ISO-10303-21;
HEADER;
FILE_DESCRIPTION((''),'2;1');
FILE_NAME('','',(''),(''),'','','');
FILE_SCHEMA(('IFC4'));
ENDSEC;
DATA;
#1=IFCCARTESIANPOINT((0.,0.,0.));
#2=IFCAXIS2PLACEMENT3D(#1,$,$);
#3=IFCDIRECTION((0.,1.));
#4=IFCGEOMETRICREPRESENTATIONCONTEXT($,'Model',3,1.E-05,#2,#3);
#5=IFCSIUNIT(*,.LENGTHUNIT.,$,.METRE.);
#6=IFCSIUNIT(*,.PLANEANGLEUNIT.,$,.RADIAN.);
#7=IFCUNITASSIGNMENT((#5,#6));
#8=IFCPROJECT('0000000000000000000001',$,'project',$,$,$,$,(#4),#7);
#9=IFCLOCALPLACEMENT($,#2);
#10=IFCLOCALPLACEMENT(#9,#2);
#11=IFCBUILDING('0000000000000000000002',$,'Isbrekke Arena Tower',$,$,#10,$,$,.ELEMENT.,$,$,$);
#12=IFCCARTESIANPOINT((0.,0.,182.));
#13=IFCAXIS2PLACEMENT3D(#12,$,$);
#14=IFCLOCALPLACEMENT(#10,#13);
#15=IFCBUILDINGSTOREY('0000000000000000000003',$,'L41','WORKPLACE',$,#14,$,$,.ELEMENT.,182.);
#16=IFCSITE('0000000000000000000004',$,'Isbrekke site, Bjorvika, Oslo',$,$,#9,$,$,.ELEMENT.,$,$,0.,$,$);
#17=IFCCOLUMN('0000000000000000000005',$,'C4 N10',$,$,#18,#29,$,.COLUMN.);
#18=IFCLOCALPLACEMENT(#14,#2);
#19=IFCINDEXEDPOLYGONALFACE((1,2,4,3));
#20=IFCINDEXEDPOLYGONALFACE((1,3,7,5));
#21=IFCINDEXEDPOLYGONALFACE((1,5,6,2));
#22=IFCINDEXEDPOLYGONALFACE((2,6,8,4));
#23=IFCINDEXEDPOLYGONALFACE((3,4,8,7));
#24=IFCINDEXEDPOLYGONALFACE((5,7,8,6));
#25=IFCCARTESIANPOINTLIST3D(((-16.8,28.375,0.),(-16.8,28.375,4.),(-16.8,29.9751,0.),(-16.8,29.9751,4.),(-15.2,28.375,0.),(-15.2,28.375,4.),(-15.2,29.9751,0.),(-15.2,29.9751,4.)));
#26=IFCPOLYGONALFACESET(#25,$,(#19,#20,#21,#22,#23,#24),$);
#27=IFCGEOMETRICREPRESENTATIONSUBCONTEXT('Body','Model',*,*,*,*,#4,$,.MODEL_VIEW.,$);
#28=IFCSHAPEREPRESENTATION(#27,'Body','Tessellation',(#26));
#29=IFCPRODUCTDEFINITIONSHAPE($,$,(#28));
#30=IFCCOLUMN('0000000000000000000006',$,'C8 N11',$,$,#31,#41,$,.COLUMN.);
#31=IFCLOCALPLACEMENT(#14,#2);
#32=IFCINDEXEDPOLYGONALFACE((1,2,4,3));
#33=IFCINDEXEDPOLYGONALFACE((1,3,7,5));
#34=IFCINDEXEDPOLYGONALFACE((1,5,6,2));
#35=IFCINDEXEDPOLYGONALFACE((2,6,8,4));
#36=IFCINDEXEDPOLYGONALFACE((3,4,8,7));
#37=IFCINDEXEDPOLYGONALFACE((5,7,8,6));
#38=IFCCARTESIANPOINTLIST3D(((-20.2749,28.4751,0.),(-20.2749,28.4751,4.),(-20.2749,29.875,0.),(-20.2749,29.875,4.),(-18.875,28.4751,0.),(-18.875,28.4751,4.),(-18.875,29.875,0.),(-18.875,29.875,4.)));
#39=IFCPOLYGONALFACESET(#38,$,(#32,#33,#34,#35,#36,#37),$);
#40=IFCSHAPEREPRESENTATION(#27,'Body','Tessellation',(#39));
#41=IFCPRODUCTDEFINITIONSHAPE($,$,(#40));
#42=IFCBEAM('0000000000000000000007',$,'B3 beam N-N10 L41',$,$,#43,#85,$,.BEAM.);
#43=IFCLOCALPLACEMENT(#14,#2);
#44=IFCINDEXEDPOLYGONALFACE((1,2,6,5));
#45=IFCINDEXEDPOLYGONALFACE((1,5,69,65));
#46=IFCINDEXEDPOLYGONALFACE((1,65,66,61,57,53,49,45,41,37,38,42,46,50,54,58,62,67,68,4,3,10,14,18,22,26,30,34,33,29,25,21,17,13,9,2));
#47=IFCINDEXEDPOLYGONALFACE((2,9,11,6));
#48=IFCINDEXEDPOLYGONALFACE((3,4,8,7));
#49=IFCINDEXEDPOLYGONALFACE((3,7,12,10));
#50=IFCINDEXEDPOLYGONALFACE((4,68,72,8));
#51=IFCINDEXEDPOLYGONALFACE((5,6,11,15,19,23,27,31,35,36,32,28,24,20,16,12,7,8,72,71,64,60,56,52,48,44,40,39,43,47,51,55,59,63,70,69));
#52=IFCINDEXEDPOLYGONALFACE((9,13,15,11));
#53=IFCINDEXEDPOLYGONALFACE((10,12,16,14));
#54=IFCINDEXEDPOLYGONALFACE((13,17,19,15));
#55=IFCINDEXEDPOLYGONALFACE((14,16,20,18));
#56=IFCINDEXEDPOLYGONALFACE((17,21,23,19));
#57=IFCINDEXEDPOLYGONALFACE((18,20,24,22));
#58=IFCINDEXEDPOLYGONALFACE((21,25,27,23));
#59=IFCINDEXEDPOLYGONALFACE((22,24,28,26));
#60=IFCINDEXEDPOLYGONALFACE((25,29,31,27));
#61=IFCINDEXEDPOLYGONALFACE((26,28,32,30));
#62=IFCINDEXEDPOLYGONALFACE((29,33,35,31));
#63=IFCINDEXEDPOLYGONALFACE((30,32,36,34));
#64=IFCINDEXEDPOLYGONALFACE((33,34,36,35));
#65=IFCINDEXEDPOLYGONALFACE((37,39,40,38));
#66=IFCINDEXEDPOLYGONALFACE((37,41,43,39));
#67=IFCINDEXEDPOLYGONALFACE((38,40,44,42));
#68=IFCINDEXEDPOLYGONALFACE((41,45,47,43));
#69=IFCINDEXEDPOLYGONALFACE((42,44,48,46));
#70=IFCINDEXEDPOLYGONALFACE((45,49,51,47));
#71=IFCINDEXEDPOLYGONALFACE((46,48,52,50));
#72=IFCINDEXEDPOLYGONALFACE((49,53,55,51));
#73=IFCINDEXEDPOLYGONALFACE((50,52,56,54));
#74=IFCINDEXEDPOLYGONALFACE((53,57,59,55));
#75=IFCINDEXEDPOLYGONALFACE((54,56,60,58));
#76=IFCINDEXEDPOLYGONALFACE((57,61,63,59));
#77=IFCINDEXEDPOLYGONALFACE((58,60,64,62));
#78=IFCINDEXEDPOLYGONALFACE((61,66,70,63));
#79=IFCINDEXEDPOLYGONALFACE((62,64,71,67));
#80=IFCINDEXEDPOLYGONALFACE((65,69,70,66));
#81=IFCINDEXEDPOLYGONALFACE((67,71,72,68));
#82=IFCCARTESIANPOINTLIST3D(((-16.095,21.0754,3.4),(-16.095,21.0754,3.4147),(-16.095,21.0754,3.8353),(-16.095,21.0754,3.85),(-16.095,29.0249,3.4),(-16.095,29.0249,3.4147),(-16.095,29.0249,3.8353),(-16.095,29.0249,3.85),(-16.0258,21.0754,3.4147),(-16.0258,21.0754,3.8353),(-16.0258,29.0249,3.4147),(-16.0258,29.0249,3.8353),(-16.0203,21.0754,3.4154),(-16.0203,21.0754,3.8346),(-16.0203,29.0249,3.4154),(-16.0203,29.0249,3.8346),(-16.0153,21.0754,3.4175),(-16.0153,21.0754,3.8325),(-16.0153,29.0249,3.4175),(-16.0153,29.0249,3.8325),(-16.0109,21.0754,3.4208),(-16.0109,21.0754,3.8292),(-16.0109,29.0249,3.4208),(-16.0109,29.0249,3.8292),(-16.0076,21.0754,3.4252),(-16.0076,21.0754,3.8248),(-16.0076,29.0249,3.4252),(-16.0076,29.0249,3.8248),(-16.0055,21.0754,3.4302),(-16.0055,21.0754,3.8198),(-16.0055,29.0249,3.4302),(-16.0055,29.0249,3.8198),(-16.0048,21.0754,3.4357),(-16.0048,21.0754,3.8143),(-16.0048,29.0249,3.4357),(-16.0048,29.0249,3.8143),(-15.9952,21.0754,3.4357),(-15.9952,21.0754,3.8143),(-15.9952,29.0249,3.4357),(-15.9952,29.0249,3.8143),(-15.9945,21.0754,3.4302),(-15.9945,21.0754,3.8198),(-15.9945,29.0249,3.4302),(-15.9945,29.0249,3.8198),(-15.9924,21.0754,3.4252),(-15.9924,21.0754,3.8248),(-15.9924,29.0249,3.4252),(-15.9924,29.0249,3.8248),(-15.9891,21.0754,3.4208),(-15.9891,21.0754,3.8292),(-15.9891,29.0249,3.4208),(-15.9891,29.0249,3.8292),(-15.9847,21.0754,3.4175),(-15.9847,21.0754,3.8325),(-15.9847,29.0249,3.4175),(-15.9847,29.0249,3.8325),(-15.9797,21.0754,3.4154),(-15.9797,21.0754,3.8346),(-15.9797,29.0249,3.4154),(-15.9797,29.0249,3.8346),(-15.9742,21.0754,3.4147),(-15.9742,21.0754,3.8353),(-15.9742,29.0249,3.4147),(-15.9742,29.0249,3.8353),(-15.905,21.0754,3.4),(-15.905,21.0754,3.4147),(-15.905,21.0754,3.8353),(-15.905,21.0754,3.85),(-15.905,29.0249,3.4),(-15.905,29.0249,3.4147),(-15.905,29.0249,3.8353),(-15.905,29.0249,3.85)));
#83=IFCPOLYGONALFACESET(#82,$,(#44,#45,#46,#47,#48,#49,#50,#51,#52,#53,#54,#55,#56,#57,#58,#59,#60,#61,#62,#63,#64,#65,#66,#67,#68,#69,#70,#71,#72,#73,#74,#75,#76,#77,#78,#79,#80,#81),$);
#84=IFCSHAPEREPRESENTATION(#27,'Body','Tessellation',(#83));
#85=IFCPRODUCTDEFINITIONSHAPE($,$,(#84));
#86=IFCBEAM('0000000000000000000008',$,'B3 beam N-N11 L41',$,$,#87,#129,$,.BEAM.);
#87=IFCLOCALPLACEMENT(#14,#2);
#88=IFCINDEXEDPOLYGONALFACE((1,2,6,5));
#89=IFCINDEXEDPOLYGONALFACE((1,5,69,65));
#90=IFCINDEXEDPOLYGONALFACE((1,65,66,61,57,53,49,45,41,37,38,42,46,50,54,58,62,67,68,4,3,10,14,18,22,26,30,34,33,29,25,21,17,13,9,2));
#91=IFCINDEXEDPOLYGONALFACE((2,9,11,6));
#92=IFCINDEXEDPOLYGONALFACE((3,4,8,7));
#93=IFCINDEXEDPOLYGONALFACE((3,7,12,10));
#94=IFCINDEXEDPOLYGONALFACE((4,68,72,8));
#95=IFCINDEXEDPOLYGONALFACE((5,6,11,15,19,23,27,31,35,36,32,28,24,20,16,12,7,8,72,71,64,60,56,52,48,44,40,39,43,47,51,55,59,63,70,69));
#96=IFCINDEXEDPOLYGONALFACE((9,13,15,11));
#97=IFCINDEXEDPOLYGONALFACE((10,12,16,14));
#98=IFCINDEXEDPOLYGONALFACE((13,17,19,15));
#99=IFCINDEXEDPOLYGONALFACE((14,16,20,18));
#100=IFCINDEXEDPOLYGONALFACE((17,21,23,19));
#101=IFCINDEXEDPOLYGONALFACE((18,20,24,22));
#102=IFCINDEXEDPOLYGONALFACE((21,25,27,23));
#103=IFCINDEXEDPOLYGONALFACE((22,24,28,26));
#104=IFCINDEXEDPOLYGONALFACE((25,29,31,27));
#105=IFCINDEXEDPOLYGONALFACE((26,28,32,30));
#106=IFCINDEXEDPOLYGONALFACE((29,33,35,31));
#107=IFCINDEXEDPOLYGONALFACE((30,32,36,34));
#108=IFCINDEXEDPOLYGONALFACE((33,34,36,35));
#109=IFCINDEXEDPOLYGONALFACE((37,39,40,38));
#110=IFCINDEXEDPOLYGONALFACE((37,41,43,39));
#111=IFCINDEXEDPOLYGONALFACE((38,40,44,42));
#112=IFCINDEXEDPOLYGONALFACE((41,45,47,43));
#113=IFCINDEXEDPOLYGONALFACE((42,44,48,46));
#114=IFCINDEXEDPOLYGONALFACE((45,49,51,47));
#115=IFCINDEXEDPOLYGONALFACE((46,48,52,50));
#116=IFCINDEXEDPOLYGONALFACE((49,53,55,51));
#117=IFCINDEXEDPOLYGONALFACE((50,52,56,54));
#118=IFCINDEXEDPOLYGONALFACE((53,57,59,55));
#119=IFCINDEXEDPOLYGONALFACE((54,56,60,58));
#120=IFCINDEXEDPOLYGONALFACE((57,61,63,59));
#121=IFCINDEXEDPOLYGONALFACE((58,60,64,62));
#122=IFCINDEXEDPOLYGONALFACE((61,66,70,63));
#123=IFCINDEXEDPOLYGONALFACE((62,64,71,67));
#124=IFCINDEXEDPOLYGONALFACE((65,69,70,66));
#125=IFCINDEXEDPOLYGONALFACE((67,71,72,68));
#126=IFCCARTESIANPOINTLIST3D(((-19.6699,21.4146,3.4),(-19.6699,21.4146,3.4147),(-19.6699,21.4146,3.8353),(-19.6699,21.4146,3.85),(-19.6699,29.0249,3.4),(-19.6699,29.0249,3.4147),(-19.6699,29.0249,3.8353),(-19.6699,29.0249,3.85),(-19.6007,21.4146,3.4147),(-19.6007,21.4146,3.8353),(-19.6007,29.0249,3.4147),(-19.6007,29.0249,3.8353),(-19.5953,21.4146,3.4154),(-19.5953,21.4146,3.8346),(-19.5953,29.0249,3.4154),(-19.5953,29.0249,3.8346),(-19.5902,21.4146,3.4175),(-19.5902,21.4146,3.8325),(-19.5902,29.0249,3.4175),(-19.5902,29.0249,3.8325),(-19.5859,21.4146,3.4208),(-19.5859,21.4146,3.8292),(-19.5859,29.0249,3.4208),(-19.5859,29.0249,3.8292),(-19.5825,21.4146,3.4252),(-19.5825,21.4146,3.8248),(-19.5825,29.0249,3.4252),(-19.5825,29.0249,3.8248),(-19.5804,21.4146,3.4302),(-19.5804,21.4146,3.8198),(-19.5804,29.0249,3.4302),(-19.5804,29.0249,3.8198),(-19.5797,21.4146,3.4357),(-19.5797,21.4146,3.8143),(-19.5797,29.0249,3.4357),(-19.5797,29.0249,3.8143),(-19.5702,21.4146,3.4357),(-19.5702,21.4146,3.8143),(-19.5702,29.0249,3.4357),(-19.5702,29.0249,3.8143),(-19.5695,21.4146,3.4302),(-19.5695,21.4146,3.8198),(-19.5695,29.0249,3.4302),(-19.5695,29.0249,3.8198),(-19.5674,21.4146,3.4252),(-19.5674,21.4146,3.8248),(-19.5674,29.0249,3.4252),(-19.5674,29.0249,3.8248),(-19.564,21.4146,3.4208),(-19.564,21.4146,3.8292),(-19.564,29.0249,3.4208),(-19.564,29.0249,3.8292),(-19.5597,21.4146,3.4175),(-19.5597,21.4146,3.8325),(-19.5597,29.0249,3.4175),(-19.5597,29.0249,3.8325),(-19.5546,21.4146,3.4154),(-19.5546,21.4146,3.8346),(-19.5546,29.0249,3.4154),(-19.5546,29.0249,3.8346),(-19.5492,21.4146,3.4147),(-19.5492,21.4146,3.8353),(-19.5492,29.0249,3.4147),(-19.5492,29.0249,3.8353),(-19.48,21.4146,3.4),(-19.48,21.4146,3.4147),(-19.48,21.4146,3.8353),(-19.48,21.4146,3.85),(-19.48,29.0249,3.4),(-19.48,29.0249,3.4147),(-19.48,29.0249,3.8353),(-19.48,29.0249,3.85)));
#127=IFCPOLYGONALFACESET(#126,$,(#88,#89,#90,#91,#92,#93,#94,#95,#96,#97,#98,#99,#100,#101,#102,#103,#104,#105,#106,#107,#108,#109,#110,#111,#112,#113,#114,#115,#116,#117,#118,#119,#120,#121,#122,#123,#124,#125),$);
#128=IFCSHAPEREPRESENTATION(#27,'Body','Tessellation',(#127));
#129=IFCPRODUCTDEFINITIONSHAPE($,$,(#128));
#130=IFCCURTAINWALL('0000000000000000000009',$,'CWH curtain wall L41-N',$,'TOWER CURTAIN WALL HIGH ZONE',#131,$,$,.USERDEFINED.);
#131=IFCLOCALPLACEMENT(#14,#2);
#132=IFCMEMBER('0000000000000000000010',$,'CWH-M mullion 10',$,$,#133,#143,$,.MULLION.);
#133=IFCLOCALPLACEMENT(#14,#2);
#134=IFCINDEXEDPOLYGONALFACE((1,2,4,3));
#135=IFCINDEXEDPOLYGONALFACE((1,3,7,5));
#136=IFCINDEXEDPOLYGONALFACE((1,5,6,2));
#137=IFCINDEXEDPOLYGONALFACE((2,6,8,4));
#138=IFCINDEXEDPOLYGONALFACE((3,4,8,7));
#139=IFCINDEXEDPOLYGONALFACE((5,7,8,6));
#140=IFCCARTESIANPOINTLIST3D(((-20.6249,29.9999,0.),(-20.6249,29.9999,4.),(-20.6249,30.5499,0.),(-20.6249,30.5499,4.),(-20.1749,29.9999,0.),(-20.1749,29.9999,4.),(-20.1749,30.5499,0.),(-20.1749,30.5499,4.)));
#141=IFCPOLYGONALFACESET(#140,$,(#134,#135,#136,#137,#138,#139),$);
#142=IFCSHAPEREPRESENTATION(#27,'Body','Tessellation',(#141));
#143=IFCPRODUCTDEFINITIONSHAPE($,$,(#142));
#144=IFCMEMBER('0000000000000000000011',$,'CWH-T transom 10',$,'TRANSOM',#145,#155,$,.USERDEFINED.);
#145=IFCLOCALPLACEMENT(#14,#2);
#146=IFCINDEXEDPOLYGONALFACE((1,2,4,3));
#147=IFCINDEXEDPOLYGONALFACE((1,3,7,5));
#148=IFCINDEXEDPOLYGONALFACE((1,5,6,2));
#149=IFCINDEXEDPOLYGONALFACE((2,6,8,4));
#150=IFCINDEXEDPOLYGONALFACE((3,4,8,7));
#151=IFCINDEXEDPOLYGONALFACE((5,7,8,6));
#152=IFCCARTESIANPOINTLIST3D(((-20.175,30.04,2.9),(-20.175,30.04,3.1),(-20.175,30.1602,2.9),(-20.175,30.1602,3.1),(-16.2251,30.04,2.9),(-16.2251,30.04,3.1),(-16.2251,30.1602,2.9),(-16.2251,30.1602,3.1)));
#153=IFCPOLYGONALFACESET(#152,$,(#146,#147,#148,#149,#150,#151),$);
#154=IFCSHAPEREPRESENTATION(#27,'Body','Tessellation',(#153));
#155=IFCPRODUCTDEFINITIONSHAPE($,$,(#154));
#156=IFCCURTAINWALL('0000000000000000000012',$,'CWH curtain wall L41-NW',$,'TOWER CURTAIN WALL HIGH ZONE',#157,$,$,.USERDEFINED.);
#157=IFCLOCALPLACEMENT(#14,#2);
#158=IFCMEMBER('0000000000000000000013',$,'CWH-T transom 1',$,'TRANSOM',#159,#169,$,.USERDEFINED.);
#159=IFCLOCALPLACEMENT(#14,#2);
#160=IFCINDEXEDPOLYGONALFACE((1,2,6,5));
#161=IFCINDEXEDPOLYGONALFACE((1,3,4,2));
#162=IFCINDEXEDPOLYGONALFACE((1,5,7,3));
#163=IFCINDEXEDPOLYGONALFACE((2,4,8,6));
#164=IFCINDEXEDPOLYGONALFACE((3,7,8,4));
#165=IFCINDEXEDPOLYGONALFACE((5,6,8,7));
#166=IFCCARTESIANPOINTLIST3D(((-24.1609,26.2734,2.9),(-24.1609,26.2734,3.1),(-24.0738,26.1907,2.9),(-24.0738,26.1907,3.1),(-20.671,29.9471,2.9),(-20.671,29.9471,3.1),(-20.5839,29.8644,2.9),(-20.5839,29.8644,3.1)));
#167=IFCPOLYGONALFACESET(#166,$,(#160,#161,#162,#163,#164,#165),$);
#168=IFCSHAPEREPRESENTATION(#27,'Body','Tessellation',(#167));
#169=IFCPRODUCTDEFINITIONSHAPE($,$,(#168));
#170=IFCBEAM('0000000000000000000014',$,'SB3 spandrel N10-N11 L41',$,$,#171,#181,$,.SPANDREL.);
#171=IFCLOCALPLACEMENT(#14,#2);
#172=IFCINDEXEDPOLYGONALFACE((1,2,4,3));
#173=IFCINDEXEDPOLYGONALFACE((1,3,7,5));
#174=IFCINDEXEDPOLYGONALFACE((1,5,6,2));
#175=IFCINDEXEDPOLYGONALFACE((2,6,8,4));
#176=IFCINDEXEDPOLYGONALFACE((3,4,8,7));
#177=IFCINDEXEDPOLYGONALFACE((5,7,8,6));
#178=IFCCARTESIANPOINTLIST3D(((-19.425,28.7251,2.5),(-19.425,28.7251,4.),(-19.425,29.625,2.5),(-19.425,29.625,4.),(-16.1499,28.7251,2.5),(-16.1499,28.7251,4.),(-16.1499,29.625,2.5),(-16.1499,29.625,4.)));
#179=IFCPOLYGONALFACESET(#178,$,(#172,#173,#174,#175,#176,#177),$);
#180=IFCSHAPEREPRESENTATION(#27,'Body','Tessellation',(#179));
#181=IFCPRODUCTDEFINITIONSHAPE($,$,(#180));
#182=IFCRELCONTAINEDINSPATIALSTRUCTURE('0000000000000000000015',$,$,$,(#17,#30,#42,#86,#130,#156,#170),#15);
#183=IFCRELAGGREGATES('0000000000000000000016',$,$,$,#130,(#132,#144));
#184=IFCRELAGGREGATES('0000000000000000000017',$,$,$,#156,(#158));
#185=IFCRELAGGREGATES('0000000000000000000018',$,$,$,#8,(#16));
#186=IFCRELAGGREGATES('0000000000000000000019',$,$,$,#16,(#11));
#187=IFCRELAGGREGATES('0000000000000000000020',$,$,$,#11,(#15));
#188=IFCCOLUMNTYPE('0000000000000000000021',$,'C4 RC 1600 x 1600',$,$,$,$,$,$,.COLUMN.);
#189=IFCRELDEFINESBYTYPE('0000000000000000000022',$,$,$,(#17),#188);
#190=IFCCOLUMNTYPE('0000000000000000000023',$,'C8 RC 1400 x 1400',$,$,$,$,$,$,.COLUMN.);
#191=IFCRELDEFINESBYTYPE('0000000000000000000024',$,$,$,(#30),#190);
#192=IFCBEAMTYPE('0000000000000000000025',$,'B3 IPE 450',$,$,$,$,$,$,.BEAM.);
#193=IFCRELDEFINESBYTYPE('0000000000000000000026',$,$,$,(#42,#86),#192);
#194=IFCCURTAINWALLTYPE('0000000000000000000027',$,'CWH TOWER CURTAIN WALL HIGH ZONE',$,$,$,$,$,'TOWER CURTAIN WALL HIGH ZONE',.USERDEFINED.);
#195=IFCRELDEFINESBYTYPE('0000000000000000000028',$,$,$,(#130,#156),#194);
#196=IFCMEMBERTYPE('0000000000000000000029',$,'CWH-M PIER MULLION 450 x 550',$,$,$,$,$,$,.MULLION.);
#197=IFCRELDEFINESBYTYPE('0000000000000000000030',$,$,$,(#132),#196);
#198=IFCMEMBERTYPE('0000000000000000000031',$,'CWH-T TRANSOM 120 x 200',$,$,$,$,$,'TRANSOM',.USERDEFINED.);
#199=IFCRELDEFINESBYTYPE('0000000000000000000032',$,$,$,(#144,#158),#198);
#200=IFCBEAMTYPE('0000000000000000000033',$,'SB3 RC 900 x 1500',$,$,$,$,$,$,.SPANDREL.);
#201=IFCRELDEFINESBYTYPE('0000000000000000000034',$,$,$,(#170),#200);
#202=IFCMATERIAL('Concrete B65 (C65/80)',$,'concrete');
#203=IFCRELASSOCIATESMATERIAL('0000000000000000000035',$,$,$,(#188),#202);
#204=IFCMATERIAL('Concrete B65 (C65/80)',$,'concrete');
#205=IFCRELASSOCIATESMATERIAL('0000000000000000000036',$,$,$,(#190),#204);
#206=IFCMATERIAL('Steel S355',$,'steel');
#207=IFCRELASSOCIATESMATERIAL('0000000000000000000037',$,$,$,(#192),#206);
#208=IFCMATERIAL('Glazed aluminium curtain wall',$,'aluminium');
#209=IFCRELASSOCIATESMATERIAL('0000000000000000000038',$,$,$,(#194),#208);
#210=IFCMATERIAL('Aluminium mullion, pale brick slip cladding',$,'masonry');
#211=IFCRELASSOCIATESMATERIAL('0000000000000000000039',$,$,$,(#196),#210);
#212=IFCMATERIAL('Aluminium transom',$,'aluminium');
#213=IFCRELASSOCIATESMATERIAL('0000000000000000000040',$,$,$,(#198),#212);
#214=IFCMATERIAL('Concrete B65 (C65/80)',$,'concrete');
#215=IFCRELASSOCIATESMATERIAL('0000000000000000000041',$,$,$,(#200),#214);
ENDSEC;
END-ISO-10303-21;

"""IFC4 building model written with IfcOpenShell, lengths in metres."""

from ifc_helpers import new_model, si_unit, direction, frame, origin, origin_2d, place, context, subcontext, project, spatial, rectangle, i_section, extrude, material, material_profile, profile_set, type_object, element, aggregate, save


model = new_model("IFC4")

# Units and contexts
model_context = context("Model", 3, precision=1e-05, world=origin(), true_north=direction((0.0, 1.0)))
body_context = subcontext(model_context, "Body", "Model", "MODEL_VIEW")
ifc_project = project(units=[si_unit("LENGTHUNIT", "METRE"), si_unit("PLANEANGLEUNIT", "RADIAN")], contexts=[model_context])

# Site, building, storey
site_placement = place(None, origin())
site = spatial("IfcSite", under=ifc_project, at=site_placement, Name="Isbrekke site, Bjorvika, Oslo", CompositionType="ELEMENT", RefElevation=0.0)
building_placement = place(site_placement, origin())
building = spatial("IfcBuilding", under=site, at=building_placement, Name="Isbrekke Arena Tower", CompositionType="ELEMENT")
storey_placement = place(building_placement, frame((0.0, 0.0, 182.0)))
storey = spatial("IfcBuildingStorey", under=building, at=storey_placement, Name="L41", Description="WORKPLACE", CompositionType="ELEMENT", Elevation=182.0)

# Columns
ifc_material_1 = material(Name="Concrete B65 (C65/80)", Category="concrete")
ifc_material_profile_1 = material_profile(ifc_material_1, rectangle(XDim=1.6001, YDim=1.6001, at=origin_2d()), Name="RC 1600x1600")
ifc_profile_set_1 = profile_set([ifc_material_profile_1], Name="Concrete B65 (C65/80)")
column_type_1 = type_object("IfcColumnType", Name="C4 RC 1600 x 1600", PredefinedType="COLUMN", material=ifc_profile_set_1)
column_1_placement = place(storey_placement, frame((-16.0, 29.175, 0.0), z_axis=(0.0, 0.0, 1.0), x_axis=(-1.0, 0.0, 0.0)))
element("IfcColumn", 1, at=column_1_placement, inside=storey, type_object=column_type_1, Name="C4 N10", PredefinedType="COLUMN", context=body_context, shape_type="SweptSolid", body=[
    extrude(rectangle(XDim=1.6001, YDim=1.6001, at=origin_2d()), origin(), (0.0, 0.0, 1.0), 4.0),
])
ifc_material_2 = material(Name="Concrete B65 (C65/80)", Category="concrete")
ifc_material_profile_2 = material_profile(ifc_material_2, rectangle(XDim=1.3999, YDim=1.3999, at=origin_2d()), Name="RC 1400x1400")
ifc_profile_set_2 = profile_set([ifc_material_profile_2], Name="Concrete B65 (C65/80)")
column_type_2 = type_object("IfcColumnType", Name="C8 RC 1400 x 1400", PredefinedType="COLUMN", material=ifc_profile_set_2)
column_2_placement = place(storey_placement, frame((-19.575, 29.175, 0.0), z_axis=(0.0, 0.0, 1.0), x_axis=(-1.0, 0.0, 0.0)))
element("IfcColumn", 2, at=column_2_placement, inside=storey, type_object=column_type_2, Name="C8 N11", PredefinedType="COLUMN", context=body_context, shape_type="SweptSolid", body=[
    extrude(rectangle(XDim=1.3999, YDim=1.3999, at=origin_2d()), origin(), (0.0, 0.0, 1.0), 4.0),
])

# Beams
ifc_material_3 = material(Name="Steel S355", Category="steel")
ifc_material_profile_3 = material_profile(ifc_material_3, i_section(OverallWidth=0.1899, OverallDepth=0.45, WebThickness=0.0095, FlangeThickness=0.0146, FilletRadius=0.021, at=origin_2d()), Name="IPE 450")
ifc_profile_set_3 = profile_set([ifc_material_profile_3], Name="Steel S355")
beam_type_1 = type_object("IfcBeamType", Name="B3 IPE 450", PredefinedType="BEAM", material=ifc_profile_set_3)
beam_1_placement = place(storey_placement, frame((-16.0, 29.0249, 3.625), z_axis=(0.0, -1.0, 0.0), x_axis=(1.0, 0.0, 0.0)))
element("IfcBeam", 3, at=beam_1_placement, inside=storey, type_object=beam_type_1, Name="B3 beam N-N10 L41", PredefinedType="BEAM", context=body_context, shape_type="SweptSolid", body=[
    extrude(i_section(OverallWidth=0.1899, OverallDepth=0.45, WebThickness=0.0095, FlangeThickness=0.0146, FilletRadius=0.021, at=origin_2d()), origin(), (0.0, 0.0, 1.0), 7.9495),
])
beam_2_placement = place(storey_placement, frame((-19.575, 29.0249, 3.625), z_axis=(0.0, -1.0, 0.0), x_axis=(1.0, 0.0, 0.0)))
element("IfcBeam", 4, at=beam_2_placement, inside=storey, type_object=beam_type_1, Name="B3 beam N-N11 L41", PredefinedType="BEAM", context=body_context, shape_type="SweptSolid", body=[
    extrude(i_section(OverallWidth=0.1899, OverallDepth=0.45, WebThickness=0.0095, FlangeThickness=0.0146, FilletRadius=0.021, at=origin_2d()), origin(), (0.0, 0.0, 1.0), 7.6104),
])

# Curtain wall, members
ifc_material_4 = material(Name="Glazed aluminium curtain wall", Category="aluminium")
curtain_wall_type = type_object("IfcCurtainWallType", Name="CWH TOWER CURTAIN WALL HIGH ZONE", ElementType="TOWER CURTAIN WALL HIGH ZONE", PredefinedType="USERDEFINED", material=ifc_material_4)
curtain_wall_1_placement = place(storey_placement, origin())
curtain_wall_1 = element("IfcCurtainWall", 5, at=curtain_wall_1_placement, inside=storey, type_object=curtain_wall_type, Name="CWH curtain wall L41-N", ObjectType="TOWER CURTAIN WALL HIGH ZONE", PredefinedType="USERDEFINED")
ifc_material_5 = material(Name="Aluminium mullion, pale brick slip cladding", Category="masonry")
ifc_material_profile_4 = material_profile(ifc_material_5, rectangle(XDim=0.45, YDim=0.55, at=origin_2d()), Name="PIER 450X550")
ifc_profile_set_4 = profile_set([ifc_material_profile_4], Name="Aluminium mullion, pale brick slip cladding")
member_type_1 = type_object("IfcMemberType", Name="CWH-M PIER MULLION 450 x 550", PredefinedType="MULLION", material=ifc_profile_set_4)
member_1_placement = place(storey_placement, frame((-20.3999, 30.2749, 0.0), z_axis=(0.0, 0.0, 1.0), x_axis=(-1.0, 0.0, 0.0)))
member_1 = element("IfcMember", 6, at=member_1_placement, type_object=member_type_1, Name="CWH-M mullion 10", PredefinedType="MULLION", context=body_context, shape_type="SweptSolid", body=[
    extrude(rectangle(XDim=0.45, YDim=0.55, at=origin_2d()), origin(), (0.0, 0.0, 1.0), 4.0),
])
ifc_material_6 = material(Name="Aluminium transom", Category="aluminium")
ifc_material_profile_5 = material_profile(ifc_material_6, rectangle(XDim=0.1201, YDim=0.2, at=origin_2d()), Name="TRANSOM 120X200")
ifc_profile_set_5 = profile_set([ifc_material_profile_5], Name="Aluminium transom")
member_type_2 = type_object("IfcMemberType", Name="CWH-T TRANSOM 120 x 200", ElementType="TRANSOM", PredefinedType="USERDEFINED", material=ifc_profile_set_5)
member_2_placement = place(storey_placement, frame((-16.2251, 30.1001, 3.0), z_axis=(-1.0, 0.0, 0.0), x_axis=(0.0, -1.0, 0.0)))
member_2 = element("IfcMember", 7, at=member_2_placement, type_object=member_type_2, Name="CWH-T transom 10", ObjectType="TRANSOM", PredefinedType="USERDEFINED", context=body_context, shape_type="SweptSolid", body=[
    extrude(rectangle(XDim=0.1201, YDim=0.2, at=origin_2d()), origin(), (0.0, 0.0, 1.0), 3.95),
])

# Curtain wall, member
curtain_wall_2_placement = place(storey_placement, origin())
curtain_wall_2 = element("IfcCurtainWall", 8, at=curtain_wall_2_placement, inside=storey, type_object=curtain_wall_type, Name="CWH curtain wall L41-NW", ObjectType="TOWER CURTAIN WALL HIGH ZONE", PredefinedType="USERDEFINED")
member_3_placement = place(storey_placement, frame((-20.6274, 29.9058, 3.0), z_axis=(-0.688734, -0.725014, 0.0), x_axis=(0.725014, -0.688734, 0.0)))
member_3 = element("IfcMember", 9, at=member_3_placement, type_object=member_type_2, Name="CWH-T transom 1", ObjectType="TRANSOM", PredefinedType="USERDEFINED", context=body_context, shape_type="SweptSolid", body=[
    extrude(rectangle(XDim=0.1201, YDim=0.2, at=origin_2d()), origin(), (0.0, 0.0, 1.0), 5.0671),
])

# Beam
ifc_material_7 = material(Name="Concrete B65 (C65/80)", Category="concrete")
ifc_material_profile_6 = material_profile(ifc_material_7, rectangle(XDim=0.8999, YDim=1.5, at=origin_2d()), Name="RC 900x1500")
ifc_profile_set_6 = profile_set([ifc_material_profile_6], Name="Concrete B65 (C65/80)")
beam_type_2 = type_object("IfcBeamType", Name="SB3 RC 900 x 1500", PredefinedType="SPANDREL", material=ifc_profile_set_6)
beam_3_placement = place(storey_placement, frame((-16.1499, 29.175, 3.25), z_axis=(-1.0, 0.0, 0.0), x_axis=(0.0, -1.0, 0.0)))
element("IfcBeam", 10, at=beam_3_placement, inside=storey, type_object=beam_type_2, Name="SB3 spandrel N10-N11 L41", PredefinedType="SPANDREL", context=body_context, shape_type="SweptSolid", body=[
    extrude(rectangle(XDim=0.8999, YDim=1.5, at=origin_2d()), origin(), (0.0, 0.0, 1.0), 3.2751),
])

aggregate(curtain_wall_1, [member_1, member_2])
aggregate(curtain_wall_2, [member_3])

save(model, "model.ifc")
